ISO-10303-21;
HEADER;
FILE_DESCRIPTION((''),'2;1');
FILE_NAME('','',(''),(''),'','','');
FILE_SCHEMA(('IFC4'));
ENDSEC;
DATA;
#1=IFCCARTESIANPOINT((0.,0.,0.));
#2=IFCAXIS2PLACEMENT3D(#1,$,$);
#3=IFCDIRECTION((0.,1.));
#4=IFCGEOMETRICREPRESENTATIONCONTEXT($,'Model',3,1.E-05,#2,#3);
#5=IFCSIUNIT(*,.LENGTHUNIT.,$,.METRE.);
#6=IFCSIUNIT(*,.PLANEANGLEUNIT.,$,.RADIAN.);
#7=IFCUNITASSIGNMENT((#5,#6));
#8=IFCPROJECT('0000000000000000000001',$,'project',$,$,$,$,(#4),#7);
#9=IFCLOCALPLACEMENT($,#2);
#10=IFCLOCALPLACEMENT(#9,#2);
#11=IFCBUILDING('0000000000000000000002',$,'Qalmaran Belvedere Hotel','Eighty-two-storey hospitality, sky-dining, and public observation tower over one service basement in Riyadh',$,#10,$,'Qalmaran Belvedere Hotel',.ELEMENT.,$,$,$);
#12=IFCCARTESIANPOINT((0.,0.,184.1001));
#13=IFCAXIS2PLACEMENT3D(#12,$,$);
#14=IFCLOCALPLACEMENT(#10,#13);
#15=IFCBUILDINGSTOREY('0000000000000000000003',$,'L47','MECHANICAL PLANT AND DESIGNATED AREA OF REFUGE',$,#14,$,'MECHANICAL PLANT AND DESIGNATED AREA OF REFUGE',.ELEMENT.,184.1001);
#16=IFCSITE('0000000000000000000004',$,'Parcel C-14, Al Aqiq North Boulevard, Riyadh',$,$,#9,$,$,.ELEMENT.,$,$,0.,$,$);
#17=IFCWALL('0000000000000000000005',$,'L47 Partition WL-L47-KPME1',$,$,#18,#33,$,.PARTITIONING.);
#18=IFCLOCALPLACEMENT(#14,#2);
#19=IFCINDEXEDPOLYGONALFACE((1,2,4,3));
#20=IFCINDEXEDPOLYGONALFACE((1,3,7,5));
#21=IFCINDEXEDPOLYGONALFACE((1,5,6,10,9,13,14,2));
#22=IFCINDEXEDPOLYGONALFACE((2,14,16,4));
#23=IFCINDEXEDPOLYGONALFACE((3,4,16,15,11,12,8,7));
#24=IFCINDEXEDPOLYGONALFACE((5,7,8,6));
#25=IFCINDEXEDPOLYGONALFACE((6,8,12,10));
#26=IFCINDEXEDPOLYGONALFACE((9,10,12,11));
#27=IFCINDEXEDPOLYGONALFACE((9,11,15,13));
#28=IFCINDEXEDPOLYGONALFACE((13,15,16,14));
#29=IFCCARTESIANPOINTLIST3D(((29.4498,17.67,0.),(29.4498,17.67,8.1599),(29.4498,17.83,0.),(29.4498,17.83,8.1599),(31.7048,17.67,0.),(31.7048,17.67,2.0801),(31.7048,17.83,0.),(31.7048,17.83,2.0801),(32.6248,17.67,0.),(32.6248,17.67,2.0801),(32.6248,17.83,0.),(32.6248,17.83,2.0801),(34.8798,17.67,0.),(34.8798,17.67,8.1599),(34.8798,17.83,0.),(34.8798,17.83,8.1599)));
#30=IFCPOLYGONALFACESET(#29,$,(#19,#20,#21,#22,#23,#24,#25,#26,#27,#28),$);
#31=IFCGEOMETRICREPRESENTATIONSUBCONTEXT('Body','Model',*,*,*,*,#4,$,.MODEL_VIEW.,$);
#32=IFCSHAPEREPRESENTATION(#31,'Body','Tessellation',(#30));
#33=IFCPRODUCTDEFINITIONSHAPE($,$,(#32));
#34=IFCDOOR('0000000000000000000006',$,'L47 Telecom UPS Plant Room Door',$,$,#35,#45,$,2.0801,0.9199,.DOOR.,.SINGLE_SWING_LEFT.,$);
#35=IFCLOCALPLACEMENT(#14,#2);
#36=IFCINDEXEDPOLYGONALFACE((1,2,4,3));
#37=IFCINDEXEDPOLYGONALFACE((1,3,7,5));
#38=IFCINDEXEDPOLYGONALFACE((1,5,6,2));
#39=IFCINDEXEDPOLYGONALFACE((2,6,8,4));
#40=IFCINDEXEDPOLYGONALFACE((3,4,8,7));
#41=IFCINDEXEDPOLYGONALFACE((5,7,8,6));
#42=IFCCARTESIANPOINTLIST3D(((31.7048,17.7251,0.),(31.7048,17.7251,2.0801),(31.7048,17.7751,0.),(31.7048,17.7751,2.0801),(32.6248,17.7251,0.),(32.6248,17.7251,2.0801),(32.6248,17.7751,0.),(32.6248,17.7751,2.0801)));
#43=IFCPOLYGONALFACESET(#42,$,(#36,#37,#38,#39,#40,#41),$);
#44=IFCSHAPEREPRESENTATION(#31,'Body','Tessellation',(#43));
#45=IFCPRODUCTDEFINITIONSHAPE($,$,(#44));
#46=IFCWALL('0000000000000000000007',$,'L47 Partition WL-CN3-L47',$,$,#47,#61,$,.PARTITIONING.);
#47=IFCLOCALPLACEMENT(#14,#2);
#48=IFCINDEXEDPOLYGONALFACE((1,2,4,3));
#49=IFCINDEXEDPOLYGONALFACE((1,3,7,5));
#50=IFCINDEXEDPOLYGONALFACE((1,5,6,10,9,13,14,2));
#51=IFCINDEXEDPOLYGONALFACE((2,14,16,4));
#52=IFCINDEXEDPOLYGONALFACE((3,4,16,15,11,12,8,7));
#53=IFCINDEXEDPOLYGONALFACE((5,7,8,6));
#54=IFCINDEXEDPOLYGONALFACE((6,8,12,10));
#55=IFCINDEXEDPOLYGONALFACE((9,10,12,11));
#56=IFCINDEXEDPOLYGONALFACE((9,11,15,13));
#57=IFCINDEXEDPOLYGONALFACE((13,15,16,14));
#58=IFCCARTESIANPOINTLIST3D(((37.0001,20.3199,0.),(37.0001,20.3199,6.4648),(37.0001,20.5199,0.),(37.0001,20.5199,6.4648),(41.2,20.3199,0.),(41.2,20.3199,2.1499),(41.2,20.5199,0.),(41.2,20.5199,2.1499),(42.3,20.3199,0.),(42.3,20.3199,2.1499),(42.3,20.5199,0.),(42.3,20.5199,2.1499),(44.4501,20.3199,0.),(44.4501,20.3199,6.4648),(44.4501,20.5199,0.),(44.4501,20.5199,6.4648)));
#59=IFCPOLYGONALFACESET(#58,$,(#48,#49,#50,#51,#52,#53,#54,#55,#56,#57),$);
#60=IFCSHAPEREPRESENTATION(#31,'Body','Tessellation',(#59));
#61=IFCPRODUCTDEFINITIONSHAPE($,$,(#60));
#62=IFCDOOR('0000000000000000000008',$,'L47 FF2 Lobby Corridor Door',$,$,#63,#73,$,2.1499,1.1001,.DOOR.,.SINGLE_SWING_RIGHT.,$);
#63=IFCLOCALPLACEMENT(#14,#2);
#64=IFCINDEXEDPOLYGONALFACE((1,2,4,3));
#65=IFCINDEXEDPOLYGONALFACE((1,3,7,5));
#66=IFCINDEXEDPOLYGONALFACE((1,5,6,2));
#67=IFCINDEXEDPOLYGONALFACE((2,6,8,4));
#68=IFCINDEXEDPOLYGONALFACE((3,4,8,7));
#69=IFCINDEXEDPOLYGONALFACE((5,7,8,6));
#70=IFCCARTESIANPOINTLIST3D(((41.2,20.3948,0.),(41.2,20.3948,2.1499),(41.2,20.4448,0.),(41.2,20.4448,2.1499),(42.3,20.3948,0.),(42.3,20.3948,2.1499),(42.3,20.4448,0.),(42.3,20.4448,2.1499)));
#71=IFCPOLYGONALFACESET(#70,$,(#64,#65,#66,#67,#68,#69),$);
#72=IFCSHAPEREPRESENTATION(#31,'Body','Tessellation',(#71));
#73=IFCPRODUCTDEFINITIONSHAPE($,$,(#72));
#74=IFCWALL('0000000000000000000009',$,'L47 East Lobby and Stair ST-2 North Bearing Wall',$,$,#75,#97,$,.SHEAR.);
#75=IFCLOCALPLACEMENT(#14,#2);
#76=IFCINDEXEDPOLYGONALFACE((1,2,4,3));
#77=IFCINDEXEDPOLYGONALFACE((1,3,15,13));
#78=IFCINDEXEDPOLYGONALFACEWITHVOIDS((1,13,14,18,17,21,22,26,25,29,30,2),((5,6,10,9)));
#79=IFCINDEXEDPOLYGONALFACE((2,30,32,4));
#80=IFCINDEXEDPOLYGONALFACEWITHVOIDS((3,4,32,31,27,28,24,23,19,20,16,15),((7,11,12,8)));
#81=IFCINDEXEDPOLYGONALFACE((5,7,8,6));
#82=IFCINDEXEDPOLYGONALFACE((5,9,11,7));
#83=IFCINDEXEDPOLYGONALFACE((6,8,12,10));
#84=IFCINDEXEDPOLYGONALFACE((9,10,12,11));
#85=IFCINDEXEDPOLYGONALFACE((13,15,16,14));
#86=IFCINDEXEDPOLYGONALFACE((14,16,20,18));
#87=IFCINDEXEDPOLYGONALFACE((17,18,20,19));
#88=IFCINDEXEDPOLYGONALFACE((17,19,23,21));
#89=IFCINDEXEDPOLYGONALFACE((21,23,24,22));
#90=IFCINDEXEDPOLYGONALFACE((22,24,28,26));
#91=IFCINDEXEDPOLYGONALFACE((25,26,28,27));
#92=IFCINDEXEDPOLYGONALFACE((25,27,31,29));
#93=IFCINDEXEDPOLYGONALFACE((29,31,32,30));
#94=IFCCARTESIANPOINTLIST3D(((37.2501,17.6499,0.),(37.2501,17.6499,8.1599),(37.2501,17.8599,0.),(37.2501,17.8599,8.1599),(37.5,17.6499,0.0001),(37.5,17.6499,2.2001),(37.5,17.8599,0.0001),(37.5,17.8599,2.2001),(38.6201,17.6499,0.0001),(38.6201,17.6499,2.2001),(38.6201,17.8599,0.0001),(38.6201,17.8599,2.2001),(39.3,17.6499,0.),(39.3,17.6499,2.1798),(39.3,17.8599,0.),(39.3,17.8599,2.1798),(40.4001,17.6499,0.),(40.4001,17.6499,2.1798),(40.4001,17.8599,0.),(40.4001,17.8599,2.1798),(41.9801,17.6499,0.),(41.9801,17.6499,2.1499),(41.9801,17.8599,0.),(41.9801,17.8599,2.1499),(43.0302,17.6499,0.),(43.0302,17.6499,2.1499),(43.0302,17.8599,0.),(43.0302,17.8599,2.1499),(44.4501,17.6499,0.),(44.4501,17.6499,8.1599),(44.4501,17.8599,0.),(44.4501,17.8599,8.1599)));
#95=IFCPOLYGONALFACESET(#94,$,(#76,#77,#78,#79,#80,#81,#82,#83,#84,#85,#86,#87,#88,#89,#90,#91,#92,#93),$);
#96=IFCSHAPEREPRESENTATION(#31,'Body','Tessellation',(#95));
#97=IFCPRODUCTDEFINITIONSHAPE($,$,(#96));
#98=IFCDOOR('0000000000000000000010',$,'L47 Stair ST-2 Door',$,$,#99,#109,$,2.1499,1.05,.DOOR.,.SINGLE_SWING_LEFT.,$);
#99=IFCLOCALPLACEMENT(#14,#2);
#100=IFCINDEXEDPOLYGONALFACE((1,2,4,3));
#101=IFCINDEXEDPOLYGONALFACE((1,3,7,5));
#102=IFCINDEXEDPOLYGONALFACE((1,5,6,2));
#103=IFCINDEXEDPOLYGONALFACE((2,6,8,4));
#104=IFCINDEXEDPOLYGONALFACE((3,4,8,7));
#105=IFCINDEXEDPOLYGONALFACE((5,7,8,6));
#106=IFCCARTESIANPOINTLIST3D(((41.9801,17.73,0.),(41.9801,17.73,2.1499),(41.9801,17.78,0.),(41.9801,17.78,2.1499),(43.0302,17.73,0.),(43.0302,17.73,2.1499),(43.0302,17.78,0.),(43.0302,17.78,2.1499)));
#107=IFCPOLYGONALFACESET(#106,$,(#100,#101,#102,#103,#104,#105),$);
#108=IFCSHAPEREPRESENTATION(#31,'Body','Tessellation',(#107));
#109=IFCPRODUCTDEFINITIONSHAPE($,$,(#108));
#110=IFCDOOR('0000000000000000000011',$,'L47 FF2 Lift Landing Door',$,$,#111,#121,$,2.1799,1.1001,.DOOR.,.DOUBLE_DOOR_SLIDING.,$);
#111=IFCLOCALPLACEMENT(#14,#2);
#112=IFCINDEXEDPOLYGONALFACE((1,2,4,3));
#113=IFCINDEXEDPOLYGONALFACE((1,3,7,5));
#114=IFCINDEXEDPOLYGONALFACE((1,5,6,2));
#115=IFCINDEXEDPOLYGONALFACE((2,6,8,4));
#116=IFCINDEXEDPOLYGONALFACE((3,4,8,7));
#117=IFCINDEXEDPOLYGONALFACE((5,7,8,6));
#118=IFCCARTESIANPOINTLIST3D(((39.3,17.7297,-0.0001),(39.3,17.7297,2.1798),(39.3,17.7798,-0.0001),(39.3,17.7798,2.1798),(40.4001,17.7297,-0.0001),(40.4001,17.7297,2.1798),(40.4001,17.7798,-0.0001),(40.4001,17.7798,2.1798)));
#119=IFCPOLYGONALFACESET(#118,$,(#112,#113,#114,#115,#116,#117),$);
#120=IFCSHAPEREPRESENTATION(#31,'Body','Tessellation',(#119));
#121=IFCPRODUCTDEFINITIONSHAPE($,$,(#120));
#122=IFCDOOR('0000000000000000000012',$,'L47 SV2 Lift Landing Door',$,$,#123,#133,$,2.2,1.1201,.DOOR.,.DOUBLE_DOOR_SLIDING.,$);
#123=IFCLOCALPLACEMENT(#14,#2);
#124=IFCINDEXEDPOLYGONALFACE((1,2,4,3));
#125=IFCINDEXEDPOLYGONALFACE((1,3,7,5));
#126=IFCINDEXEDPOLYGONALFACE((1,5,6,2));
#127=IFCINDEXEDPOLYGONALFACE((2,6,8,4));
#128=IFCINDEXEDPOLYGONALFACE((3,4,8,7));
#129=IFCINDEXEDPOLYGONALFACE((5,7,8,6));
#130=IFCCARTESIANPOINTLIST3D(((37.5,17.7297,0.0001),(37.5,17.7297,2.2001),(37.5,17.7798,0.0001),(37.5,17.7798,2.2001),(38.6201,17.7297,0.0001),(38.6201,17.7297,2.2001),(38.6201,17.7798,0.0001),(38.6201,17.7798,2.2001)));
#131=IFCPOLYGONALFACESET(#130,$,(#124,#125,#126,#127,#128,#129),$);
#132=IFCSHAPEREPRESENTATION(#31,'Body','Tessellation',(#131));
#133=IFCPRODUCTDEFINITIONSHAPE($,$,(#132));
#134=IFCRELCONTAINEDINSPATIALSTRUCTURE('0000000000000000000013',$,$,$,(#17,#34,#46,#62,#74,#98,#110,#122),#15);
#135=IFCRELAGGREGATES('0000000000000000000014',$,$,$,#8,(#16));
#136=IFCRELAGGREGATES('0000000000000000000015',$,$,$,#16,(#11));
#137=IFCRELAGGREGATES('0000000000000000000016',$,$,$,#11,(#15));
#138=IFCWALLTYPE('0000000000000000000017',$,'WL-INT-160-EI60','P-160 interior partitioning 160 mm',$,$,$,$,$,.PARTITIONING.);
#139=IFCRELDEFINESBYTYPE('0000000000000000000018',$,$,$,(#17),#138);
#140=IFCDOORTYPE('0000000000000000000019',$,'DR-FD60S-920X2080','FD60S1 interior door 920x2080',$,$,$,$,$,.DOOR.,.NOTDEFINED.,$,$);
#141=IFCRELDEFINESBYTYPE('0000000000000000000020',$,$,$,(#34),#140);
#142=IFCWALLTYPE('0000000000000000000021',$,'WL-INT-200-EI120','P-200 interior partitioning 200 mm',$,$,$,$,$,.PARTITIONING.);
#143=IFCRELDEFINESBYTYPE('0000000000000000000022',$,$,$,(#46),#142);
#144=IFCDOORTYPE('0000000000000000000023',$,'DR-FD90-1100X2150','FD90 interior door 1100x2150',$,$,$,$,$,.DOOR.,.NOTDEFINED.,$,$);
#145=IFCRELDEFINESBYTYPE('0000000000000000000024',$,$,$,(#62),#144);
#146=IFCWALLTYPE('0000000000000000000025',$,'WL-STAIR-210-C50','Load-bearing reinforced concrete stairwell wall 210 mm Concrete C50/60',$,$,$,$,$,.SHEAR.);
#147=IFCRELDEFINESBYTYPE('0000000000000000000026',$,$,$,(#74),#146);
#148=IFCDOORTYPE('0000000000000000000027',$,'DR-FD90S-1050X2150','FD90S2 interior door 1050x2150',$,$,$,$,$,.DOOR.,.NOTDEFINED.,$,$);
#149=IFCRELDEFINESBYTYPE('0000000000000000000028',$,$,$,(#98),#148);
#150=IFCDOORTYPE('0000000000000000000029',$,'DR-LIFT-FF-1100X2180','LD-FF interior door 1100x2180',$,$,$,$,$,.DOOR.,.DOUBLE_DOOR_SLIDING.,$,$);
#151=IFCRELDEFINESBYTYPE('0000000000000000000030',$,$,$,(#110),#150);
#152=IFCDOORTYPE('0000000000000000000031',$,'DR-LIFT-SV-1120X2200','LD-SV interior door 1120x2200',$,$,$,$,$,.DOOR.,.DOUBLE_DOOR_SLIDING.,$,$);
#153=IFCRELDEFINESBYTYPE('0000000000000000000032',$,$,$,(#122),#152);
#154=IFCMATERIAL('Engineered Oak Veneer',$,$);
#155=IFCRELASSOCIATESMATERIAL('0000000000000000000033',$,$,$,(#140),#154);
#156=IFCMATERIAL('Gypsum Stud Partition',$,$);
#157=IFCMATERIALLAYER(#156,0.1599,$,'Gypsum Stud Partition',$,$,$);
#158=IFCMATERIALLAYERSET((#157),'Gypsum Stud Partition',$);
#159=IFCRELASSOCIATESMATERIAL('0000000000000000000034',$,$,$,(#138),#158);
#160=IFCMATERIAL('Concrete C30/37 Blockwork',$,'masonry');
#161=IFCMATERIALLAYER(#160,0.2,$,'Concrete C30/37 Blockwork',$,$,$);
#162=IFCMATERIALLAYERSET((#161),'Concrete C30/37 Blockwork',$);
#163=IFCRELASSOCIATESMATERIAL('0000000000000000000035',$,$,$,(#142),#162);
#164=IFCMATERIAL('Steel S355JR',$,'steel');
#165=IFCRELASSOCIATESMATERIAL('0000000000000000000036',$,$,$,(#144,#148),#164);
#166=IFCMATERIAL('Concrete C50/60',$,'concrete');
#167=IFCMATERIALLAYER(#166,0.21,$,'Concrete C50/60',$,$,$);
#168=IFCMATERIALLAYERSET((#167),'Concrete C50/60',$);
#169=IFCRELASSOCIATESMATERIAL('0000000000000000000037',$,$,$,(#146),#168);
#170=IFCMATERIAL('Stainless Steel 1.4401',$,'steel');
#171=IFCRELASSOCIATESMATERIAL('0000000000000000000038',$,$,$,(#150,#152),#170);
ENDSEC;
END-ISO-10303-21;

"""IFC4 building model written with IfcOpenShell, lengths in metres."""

from ifc_helpers import new_model, si_unit, direction, frame, frame_2d, origin, place, context, subcontext, project, spatial, rectangle, extrude, material, layer, layer_set, type_object, element, fill, save


model = new_model("IFC4")

# Units and contexts
model_context = context("Model", 3, precision=1e-05, world=origin(), true_north=direction((0.0, 1.0)))
body_context = subcontext(model_context, "Body", "Model", "MODEL_VIEW")
ifc_project = project(units=[si_unit("LENGTHUNIT", "METRE"), si_unit("PLANEANGLEUNIT", "RADIAN")], contexts=[model_context])

# Site, building, storey
site_placement = place(None, origin())
site = spatial("IfcSite", under=ifc_project, at=site_placement, Name="Parcel C-14, Al Aqiq North Boulevard, Riyadh", CompositionType="ELEMENT", RefElevation=0.0)
building_placement = place(site_placement, origin())
building = spatial("IfcBuilding", under=site, at=building_placement, Name="Qalmaran Belvedere Hotel", Description="Eighty-two-storey hospitality, sky-dining, and public observation tower over one service basement in Riyadh", LongName="Qalmaran Belvedere Hotel", CompositionType="ELEMENT")
storey_placement = place(building_placement, frame((0.0, 0.0, 184.1001)))
storey = spatial("IfcBuildingStorey", under=building, at=storey_placement, Name="L47", Description="MECHANICAL PLANT AND DESIGNATED AREA OF REFUGE", LongName="MECHANICAL PLANT AND DESIGNATED AREA OF REFUGE", CompositionType="ELEMENT", Elevation=184.1001)

# Shared definitions
ifc_material_1 = material(Name="Concrete C50/60", Category="concrete")

# Shared definitions
ifc_material_2 = material(Name="Steel S355JR", Category="steel")

# Shared definitions
ifc_material_3 = material(Name="Gypsum Stud Partition")

# Shared definitions
ifc_material_4 = material(Name="Engineered Oak Veneer")
door_type_1 = type_object("IfcDoorType", Name="DR-FD60S-920X2080", Description="FD60S1 interior door 920x2080", OperationType="NOTDEFINED", PredefinedType="DOOR", material=ifc_material_4)

# Walls, openings, doors
ifc_layer_1 = layer(ifc_material_3, 0.1599, Name="Gypsum Stud Partition")
ifc_layer_set_1 = layer_set([ifc_layer_1], Name="Gypsum Stud Partition")
wall_type_1 = type_object("IfcWallType", Name="WL-INT-160-EI60", Description="P-160 interior partitioning 160 mm", PredefinedType="PARTITIONING", material=ifc_layer_set_1)
wall_1_placement = place(storey_placement, frame((29.45, 17.75, 0.0), z_axis=(0.0, 0.0, 1.0), x_axis=(1.0, 0.0, 0.0)))
wall_1 = element("IfcWall", 1, at=wall_1_placement, inside=storey, type_object=wall_type_1, Name="L47 Partition WL-L47-KPME1", PredefinedType="PARTITIONING", context=body_context, shape_type="SweptSolid", body=[
    extrude(rectangle(XDim=5.4299, YDim=0.1599, at=frame_2d((2.7148, 0.0))), origin(), (0.0, 0.0, 1.0), 8.1599),
])
opening_1_placement = place(wall_1_placement, frame((3.1748, 0.0, 0.0), z_axis=(0.0, 0.0, 1.0), x_axis=(-1.0, 0.0, 0.0)))
opening_1 = element("IfcOpeningElement", 2, at=opening_1_placement, cuts=wall_1, PredefinedType="OPENING", context=body_context, shape_type="SweptSolid", body=[
    extrude(rectangle(XDim=0.9199, YDim=2.0801, at=frame_2d((0.46, 1.04))), frame((0.0, 0.0898, 0.0), z_axis=(0.0, -1.0, 0.0), x_axis=(1.0, 0.0, 0.0)), (0.0, 0.0, 1.0), 0.1799),
])
door_1_placement = place(opening_1_placement, origin())
door_1 = element("IfcDoor", 3, at=door_1_placement, inside=storey, type_object=door_type_1, Name="L47 Telecom UPS Plant Room Door", OperationType="SINGLE_SWING_LEFT", OverallHeight=2.0801, OverallWidth=0.9199, PredefinedType="DOOR", context=body_context, shape_type="SweptSolid", body=[
    extrude(rectangle(XDim=0.9199, YDim=2.0801, at=frame_2d((0.46, 1.04))), frame((0.0, 0.0249, 0.0), z_axis=(0.0, -1.0, 0.0), x_axis=(1.0, 0.0, 0.0)), (0.0, 0.0, 1.0), 0.05),
])
fill(opening_1, door_1)
ifc_material_5 = material(Name="Concrete C30/37 Blockwork", Category="masonry")
ifc_layer_2 = layer(ifc_material_5, 0.2, Name="Concrete C30/37 Blockwork")
ifc_layer_set_2 = layer_set([ifc_layer_2], Name="Concrete C30/37 Blockwork")
wall_type_2 = type_object("IfcWallType", Name="WL-INT-200-EI120", Description="P-200 interior partitioning 200 mm", PredefinedType="PARTITIONING", material=ifc_layer_set_2)
wall_2_placement = place(storey_placement, frame((37.0, 20.4199, 0.0), z_axis=(0.0, 0.0, 1.0), x_axis=(1.0, 0.0, 0.0)))
wall_2 = element("IfcWall", 4, at=wall_2_placement, inside=storey, type_object=wall_type_2, Name="L47 Partition WL-CN3-L47", PredefinedType="PARTITIONING", context=body_context, shape_type="SweptSolid", body=[
    extrude(rectangle(XDim=7.45, YDim=0.2, at=frame_2d((3.7251, 0.0))), origin(), (0.0, 0.0, 1.0), 6.4648),
])
opening_2_placement = place(wall_2_placement, frame((4.2, 0.0, 0.0)))
opening_2 = element("IfcOpeningElement", 5, at=opening_2_placement, cuts=wall_2, PredefinedType="OPENING", context=body_context, shape_type="SweptSolid", body=[
    extrude(rectangle(XDim=1.1001, YDim=2.1499, at=frame_2d((0.55, 1.075))), frame((0.0, 0.1099, 0.0), z_axis=(0.0, -1.0, 0.0), x_axis=(1.0, 0.0, 0.0)), (0.0, 0.0, 1.0), 0.22),
])
door_type_2 = type_object("IfcDoorType", Name="DR-FD90-1100X2150", Description="FD90 interior door 1100x2150", OperationType="NOTDEFINED", PredefinedType="DOOR", material=ifc_material_2)
door_2_placement = place(opening_2_placement, origin())
door_2 = element("IfcDoor", 6, at=door_2_placement, inside=storey, type_object=door_type_2, Name="L47 FF2 Lobby Corridor Door", OperationType="SINGLE_SWING_RIGHT", OverallHeight=2.1499, OverallWidth=1.1001, PredefinedType="DOOR", context=body_context, shape_type="SweptSolid", body=[
    extrude(rectangle(XDim=1.1001, YDim=2.1499, at=frame_2d((0.55, 1.075))), frame((0.0, 0.0249, 0.0), z_axis=(0.0, -1.0, 0.0), x_axis=(1.0, 0.0, 0.0)), (0.0, 0.0, 1.0), 0.05),
])
fill(opening_2, door_2)

# Wall, openings, doors
ifc_layer_3 = layer(ifc_material_1, 0.21, Name="Concrete C50/60")
ifc_layer_set_3 = layer_set([ifc_layer_3], Name="Concrete C50/60")
wall_type_3 = type_object("IfcWallType", Name="WL-STAIR-210-C50", Description="Load-bearing reinforced concrete stairwell wall 210 mm Concrete C50/60", PredefinedType="SHEAR", material=ifc_layer_set_3)
wall_3_placement = place(storey_placement, frame((37.25, 17.7549, 0.0), z_axis=(0.0, 0.0, 1.0), x_axis=(1.0, 0.0, 0.0)))
wall_3 = element("IfcWall", 7, at=wall_3_placement, inside=storey, type_object=wall_type_3, Name="L47 East Lobby and Stair ST-2 North Bearing Wall", PredefinedType="SHEAR", context=body_context, shape_type="SweptSolid", body=[
    extrude(rectangle(XDim=7.2, YDim=0.21, at=frame_2d((3.6001, 0.0))), origin(), (0.0, 0.0, 1.0), 8.1599),
])
opening_3_placement = place(wall_3_placement, frame((0.25, 0.0, 0.0)))
opening_3 = element("IfcOpeningElement", 8, at=opening_3_placement, cuts=wall_3, PredefinedType="OPENING", context=body_context, shape_type="SweptSolid", body=[
    extrude(rectangle(XDim=1.1201, YDim=2.2, at=frame_2d((0.5601, 1.1001))), frame((0.0, 0.115, 0.0), z_axis=(0.0, -1.0, 0.0), x_axis=(1.0, 0.0, 0.0)), (0.0, 0.0, 1.0), 0.23),
])
opening_4_placement = place(wall_3_placement, frame((2.05, 0.0, 0.0)))
opening_4 = element("IfcOpeningElement", 9, at=opening_4_placement, cuts=wall_3, PredefinedType="OPENING", context=body_context, shape_type="SweptSolid", body=[
    extrude(rectangle(XDim=1.1001, YDim=2.1799, at=frame_2d((0.55, 1.0898))), frame((0.0, 0.115, 0.0), z_axis=(0.0, -1.0, 0.0), x_axis=(1.0, 0.0, 0.0)), (0.0, 0.0, 1.0), 0.23),
])
opening_5_placement = place(wall_3_placement, frame((5.78, 0.0, 0.0), z_axis=(0.0, 0.0, 1.0), x_axis=(-1.0, 0.0, 0.0)))
opening_5 = element("IfcOpeningElement", 10, at=opening_5_placement, cuts=wall_3, PredefinedType="OPENING", context=body_context, shape_type="SweptSolid", body=[
    extrude(rectangle(XDim=1.05, YDim=2.1499, at=frame_2d((0.5249, 1.075))), frame((0.0, 0.115, 0.0), z_axis=(0.0, -1.0, 0.0), x_axis=(1.0, 0.0, 0.0)), (0.0, 0.0, 1.0), 0.23),
])
door_type_3 = type_object("IfcDoorType", Name="DR-FD90S-1050X2150", Description="FD90S2 interior door 1050x2150", OperationType="NOTDEFINED", PredefinedType="DOOR", material=ifc_material_2)
door_3_placement = place(opening_5_placement, origin())
door_3 = element("IfcDoor", 11, at=door_3_placement, inside=storey, type_object=door_type_3, Name="L47 Stair ST-2 Door", OperationType="SINGLE_SWING_LEFT", OverallHeight=2.1499, OverallWidth=1.05, PredefinedType="DOOR", context=body_context, shape_type="SweptSolid", body=[
    extrude(rectangle(XDim=1.05, YDim=2.1499, at=frame_2d((0.5249, 1.075))), frame((0.0, 0.0249, 0.0), z_axis=(0.0, -1.0, 0.0), x_axis=(1.0, 0.0, 0.0)), (0.0, 0.0, 1.0), 0.05),
])
fill(opening_5, door_3)
ifc_material_6 = material(Name="Stainless Steel 1.4401", Category="steel")
door_type_4 = type_object("IfcDoorType", Name="DR-LIFT-FF-1100X2180", Description="LD-FF interior door 1100x2180", OperationType="DOUBLE_DOOR_SLIDING", PredefinedType="DOOR", material=ifc_material_6)
door_4_placement = place(opening_4_placement, origin())
door_4 = element("IfcDoor", 12, at=door_4_placement, inside=storey, type_object=door_type_4, Name="L47 FF2 Lift Landing Door", OperationType="DOUBLE_DOOR_SLIDING", OverallHeight=2.1799, OverallWidth=1.1001, PredefinedType="DOOR", context=body_context, shape_type="SweptSolid", body=[
    extrude(rectangle(XDim=1.1001, YDim=2.1799, at=frame_2d((0.55, 1.0898))), frame((0.0, 0.0249, 0.0), z_axis=(0.0, -1.0, 0.0), x_axis=(1.0, 0.0, 0.0)), (0.0, 0.0, 1.0), 0.05),
])
fill(opening_4, door_4)
door_type_5 = type_object("IfcDoorType", Name="DR-LIFT-SV-1120X2200", Description="LD-SV interior door 1120x2200", OperationType="DOUBLE_DOOR_SLIDING", PredefinedType="DOOR", material=ifc_material_6)
door_5_placement = place(opening_3_placement, origin())
door_5 = element("IfcDoor", 13, at=door_5_placement, inside=storey, type_object=door_type_5, Name="L47 SV2 Lift Landing Door", OperationType="DOUBLE_DOOR_SLIDING", OverallHeight=2.2, OverallWidth=1.1201, PredefinedType="DOOR", context=body_context, shape_type="SweptSolid", body=[
    extrude(rectangle(XDim=1.1201, YDim=2.2, at=frame_2d((0.5601, 1.1001))), frame((0.0, 0.0249, 0.0), z_axis=(0.0, -1.0, 0.0), x_axis=(1.0, 0.0, 0.0)), (0.0, 0.0, 1.0), 0.05),
])
fill(opening_3, door_5)

save(model, "model.ifc")
